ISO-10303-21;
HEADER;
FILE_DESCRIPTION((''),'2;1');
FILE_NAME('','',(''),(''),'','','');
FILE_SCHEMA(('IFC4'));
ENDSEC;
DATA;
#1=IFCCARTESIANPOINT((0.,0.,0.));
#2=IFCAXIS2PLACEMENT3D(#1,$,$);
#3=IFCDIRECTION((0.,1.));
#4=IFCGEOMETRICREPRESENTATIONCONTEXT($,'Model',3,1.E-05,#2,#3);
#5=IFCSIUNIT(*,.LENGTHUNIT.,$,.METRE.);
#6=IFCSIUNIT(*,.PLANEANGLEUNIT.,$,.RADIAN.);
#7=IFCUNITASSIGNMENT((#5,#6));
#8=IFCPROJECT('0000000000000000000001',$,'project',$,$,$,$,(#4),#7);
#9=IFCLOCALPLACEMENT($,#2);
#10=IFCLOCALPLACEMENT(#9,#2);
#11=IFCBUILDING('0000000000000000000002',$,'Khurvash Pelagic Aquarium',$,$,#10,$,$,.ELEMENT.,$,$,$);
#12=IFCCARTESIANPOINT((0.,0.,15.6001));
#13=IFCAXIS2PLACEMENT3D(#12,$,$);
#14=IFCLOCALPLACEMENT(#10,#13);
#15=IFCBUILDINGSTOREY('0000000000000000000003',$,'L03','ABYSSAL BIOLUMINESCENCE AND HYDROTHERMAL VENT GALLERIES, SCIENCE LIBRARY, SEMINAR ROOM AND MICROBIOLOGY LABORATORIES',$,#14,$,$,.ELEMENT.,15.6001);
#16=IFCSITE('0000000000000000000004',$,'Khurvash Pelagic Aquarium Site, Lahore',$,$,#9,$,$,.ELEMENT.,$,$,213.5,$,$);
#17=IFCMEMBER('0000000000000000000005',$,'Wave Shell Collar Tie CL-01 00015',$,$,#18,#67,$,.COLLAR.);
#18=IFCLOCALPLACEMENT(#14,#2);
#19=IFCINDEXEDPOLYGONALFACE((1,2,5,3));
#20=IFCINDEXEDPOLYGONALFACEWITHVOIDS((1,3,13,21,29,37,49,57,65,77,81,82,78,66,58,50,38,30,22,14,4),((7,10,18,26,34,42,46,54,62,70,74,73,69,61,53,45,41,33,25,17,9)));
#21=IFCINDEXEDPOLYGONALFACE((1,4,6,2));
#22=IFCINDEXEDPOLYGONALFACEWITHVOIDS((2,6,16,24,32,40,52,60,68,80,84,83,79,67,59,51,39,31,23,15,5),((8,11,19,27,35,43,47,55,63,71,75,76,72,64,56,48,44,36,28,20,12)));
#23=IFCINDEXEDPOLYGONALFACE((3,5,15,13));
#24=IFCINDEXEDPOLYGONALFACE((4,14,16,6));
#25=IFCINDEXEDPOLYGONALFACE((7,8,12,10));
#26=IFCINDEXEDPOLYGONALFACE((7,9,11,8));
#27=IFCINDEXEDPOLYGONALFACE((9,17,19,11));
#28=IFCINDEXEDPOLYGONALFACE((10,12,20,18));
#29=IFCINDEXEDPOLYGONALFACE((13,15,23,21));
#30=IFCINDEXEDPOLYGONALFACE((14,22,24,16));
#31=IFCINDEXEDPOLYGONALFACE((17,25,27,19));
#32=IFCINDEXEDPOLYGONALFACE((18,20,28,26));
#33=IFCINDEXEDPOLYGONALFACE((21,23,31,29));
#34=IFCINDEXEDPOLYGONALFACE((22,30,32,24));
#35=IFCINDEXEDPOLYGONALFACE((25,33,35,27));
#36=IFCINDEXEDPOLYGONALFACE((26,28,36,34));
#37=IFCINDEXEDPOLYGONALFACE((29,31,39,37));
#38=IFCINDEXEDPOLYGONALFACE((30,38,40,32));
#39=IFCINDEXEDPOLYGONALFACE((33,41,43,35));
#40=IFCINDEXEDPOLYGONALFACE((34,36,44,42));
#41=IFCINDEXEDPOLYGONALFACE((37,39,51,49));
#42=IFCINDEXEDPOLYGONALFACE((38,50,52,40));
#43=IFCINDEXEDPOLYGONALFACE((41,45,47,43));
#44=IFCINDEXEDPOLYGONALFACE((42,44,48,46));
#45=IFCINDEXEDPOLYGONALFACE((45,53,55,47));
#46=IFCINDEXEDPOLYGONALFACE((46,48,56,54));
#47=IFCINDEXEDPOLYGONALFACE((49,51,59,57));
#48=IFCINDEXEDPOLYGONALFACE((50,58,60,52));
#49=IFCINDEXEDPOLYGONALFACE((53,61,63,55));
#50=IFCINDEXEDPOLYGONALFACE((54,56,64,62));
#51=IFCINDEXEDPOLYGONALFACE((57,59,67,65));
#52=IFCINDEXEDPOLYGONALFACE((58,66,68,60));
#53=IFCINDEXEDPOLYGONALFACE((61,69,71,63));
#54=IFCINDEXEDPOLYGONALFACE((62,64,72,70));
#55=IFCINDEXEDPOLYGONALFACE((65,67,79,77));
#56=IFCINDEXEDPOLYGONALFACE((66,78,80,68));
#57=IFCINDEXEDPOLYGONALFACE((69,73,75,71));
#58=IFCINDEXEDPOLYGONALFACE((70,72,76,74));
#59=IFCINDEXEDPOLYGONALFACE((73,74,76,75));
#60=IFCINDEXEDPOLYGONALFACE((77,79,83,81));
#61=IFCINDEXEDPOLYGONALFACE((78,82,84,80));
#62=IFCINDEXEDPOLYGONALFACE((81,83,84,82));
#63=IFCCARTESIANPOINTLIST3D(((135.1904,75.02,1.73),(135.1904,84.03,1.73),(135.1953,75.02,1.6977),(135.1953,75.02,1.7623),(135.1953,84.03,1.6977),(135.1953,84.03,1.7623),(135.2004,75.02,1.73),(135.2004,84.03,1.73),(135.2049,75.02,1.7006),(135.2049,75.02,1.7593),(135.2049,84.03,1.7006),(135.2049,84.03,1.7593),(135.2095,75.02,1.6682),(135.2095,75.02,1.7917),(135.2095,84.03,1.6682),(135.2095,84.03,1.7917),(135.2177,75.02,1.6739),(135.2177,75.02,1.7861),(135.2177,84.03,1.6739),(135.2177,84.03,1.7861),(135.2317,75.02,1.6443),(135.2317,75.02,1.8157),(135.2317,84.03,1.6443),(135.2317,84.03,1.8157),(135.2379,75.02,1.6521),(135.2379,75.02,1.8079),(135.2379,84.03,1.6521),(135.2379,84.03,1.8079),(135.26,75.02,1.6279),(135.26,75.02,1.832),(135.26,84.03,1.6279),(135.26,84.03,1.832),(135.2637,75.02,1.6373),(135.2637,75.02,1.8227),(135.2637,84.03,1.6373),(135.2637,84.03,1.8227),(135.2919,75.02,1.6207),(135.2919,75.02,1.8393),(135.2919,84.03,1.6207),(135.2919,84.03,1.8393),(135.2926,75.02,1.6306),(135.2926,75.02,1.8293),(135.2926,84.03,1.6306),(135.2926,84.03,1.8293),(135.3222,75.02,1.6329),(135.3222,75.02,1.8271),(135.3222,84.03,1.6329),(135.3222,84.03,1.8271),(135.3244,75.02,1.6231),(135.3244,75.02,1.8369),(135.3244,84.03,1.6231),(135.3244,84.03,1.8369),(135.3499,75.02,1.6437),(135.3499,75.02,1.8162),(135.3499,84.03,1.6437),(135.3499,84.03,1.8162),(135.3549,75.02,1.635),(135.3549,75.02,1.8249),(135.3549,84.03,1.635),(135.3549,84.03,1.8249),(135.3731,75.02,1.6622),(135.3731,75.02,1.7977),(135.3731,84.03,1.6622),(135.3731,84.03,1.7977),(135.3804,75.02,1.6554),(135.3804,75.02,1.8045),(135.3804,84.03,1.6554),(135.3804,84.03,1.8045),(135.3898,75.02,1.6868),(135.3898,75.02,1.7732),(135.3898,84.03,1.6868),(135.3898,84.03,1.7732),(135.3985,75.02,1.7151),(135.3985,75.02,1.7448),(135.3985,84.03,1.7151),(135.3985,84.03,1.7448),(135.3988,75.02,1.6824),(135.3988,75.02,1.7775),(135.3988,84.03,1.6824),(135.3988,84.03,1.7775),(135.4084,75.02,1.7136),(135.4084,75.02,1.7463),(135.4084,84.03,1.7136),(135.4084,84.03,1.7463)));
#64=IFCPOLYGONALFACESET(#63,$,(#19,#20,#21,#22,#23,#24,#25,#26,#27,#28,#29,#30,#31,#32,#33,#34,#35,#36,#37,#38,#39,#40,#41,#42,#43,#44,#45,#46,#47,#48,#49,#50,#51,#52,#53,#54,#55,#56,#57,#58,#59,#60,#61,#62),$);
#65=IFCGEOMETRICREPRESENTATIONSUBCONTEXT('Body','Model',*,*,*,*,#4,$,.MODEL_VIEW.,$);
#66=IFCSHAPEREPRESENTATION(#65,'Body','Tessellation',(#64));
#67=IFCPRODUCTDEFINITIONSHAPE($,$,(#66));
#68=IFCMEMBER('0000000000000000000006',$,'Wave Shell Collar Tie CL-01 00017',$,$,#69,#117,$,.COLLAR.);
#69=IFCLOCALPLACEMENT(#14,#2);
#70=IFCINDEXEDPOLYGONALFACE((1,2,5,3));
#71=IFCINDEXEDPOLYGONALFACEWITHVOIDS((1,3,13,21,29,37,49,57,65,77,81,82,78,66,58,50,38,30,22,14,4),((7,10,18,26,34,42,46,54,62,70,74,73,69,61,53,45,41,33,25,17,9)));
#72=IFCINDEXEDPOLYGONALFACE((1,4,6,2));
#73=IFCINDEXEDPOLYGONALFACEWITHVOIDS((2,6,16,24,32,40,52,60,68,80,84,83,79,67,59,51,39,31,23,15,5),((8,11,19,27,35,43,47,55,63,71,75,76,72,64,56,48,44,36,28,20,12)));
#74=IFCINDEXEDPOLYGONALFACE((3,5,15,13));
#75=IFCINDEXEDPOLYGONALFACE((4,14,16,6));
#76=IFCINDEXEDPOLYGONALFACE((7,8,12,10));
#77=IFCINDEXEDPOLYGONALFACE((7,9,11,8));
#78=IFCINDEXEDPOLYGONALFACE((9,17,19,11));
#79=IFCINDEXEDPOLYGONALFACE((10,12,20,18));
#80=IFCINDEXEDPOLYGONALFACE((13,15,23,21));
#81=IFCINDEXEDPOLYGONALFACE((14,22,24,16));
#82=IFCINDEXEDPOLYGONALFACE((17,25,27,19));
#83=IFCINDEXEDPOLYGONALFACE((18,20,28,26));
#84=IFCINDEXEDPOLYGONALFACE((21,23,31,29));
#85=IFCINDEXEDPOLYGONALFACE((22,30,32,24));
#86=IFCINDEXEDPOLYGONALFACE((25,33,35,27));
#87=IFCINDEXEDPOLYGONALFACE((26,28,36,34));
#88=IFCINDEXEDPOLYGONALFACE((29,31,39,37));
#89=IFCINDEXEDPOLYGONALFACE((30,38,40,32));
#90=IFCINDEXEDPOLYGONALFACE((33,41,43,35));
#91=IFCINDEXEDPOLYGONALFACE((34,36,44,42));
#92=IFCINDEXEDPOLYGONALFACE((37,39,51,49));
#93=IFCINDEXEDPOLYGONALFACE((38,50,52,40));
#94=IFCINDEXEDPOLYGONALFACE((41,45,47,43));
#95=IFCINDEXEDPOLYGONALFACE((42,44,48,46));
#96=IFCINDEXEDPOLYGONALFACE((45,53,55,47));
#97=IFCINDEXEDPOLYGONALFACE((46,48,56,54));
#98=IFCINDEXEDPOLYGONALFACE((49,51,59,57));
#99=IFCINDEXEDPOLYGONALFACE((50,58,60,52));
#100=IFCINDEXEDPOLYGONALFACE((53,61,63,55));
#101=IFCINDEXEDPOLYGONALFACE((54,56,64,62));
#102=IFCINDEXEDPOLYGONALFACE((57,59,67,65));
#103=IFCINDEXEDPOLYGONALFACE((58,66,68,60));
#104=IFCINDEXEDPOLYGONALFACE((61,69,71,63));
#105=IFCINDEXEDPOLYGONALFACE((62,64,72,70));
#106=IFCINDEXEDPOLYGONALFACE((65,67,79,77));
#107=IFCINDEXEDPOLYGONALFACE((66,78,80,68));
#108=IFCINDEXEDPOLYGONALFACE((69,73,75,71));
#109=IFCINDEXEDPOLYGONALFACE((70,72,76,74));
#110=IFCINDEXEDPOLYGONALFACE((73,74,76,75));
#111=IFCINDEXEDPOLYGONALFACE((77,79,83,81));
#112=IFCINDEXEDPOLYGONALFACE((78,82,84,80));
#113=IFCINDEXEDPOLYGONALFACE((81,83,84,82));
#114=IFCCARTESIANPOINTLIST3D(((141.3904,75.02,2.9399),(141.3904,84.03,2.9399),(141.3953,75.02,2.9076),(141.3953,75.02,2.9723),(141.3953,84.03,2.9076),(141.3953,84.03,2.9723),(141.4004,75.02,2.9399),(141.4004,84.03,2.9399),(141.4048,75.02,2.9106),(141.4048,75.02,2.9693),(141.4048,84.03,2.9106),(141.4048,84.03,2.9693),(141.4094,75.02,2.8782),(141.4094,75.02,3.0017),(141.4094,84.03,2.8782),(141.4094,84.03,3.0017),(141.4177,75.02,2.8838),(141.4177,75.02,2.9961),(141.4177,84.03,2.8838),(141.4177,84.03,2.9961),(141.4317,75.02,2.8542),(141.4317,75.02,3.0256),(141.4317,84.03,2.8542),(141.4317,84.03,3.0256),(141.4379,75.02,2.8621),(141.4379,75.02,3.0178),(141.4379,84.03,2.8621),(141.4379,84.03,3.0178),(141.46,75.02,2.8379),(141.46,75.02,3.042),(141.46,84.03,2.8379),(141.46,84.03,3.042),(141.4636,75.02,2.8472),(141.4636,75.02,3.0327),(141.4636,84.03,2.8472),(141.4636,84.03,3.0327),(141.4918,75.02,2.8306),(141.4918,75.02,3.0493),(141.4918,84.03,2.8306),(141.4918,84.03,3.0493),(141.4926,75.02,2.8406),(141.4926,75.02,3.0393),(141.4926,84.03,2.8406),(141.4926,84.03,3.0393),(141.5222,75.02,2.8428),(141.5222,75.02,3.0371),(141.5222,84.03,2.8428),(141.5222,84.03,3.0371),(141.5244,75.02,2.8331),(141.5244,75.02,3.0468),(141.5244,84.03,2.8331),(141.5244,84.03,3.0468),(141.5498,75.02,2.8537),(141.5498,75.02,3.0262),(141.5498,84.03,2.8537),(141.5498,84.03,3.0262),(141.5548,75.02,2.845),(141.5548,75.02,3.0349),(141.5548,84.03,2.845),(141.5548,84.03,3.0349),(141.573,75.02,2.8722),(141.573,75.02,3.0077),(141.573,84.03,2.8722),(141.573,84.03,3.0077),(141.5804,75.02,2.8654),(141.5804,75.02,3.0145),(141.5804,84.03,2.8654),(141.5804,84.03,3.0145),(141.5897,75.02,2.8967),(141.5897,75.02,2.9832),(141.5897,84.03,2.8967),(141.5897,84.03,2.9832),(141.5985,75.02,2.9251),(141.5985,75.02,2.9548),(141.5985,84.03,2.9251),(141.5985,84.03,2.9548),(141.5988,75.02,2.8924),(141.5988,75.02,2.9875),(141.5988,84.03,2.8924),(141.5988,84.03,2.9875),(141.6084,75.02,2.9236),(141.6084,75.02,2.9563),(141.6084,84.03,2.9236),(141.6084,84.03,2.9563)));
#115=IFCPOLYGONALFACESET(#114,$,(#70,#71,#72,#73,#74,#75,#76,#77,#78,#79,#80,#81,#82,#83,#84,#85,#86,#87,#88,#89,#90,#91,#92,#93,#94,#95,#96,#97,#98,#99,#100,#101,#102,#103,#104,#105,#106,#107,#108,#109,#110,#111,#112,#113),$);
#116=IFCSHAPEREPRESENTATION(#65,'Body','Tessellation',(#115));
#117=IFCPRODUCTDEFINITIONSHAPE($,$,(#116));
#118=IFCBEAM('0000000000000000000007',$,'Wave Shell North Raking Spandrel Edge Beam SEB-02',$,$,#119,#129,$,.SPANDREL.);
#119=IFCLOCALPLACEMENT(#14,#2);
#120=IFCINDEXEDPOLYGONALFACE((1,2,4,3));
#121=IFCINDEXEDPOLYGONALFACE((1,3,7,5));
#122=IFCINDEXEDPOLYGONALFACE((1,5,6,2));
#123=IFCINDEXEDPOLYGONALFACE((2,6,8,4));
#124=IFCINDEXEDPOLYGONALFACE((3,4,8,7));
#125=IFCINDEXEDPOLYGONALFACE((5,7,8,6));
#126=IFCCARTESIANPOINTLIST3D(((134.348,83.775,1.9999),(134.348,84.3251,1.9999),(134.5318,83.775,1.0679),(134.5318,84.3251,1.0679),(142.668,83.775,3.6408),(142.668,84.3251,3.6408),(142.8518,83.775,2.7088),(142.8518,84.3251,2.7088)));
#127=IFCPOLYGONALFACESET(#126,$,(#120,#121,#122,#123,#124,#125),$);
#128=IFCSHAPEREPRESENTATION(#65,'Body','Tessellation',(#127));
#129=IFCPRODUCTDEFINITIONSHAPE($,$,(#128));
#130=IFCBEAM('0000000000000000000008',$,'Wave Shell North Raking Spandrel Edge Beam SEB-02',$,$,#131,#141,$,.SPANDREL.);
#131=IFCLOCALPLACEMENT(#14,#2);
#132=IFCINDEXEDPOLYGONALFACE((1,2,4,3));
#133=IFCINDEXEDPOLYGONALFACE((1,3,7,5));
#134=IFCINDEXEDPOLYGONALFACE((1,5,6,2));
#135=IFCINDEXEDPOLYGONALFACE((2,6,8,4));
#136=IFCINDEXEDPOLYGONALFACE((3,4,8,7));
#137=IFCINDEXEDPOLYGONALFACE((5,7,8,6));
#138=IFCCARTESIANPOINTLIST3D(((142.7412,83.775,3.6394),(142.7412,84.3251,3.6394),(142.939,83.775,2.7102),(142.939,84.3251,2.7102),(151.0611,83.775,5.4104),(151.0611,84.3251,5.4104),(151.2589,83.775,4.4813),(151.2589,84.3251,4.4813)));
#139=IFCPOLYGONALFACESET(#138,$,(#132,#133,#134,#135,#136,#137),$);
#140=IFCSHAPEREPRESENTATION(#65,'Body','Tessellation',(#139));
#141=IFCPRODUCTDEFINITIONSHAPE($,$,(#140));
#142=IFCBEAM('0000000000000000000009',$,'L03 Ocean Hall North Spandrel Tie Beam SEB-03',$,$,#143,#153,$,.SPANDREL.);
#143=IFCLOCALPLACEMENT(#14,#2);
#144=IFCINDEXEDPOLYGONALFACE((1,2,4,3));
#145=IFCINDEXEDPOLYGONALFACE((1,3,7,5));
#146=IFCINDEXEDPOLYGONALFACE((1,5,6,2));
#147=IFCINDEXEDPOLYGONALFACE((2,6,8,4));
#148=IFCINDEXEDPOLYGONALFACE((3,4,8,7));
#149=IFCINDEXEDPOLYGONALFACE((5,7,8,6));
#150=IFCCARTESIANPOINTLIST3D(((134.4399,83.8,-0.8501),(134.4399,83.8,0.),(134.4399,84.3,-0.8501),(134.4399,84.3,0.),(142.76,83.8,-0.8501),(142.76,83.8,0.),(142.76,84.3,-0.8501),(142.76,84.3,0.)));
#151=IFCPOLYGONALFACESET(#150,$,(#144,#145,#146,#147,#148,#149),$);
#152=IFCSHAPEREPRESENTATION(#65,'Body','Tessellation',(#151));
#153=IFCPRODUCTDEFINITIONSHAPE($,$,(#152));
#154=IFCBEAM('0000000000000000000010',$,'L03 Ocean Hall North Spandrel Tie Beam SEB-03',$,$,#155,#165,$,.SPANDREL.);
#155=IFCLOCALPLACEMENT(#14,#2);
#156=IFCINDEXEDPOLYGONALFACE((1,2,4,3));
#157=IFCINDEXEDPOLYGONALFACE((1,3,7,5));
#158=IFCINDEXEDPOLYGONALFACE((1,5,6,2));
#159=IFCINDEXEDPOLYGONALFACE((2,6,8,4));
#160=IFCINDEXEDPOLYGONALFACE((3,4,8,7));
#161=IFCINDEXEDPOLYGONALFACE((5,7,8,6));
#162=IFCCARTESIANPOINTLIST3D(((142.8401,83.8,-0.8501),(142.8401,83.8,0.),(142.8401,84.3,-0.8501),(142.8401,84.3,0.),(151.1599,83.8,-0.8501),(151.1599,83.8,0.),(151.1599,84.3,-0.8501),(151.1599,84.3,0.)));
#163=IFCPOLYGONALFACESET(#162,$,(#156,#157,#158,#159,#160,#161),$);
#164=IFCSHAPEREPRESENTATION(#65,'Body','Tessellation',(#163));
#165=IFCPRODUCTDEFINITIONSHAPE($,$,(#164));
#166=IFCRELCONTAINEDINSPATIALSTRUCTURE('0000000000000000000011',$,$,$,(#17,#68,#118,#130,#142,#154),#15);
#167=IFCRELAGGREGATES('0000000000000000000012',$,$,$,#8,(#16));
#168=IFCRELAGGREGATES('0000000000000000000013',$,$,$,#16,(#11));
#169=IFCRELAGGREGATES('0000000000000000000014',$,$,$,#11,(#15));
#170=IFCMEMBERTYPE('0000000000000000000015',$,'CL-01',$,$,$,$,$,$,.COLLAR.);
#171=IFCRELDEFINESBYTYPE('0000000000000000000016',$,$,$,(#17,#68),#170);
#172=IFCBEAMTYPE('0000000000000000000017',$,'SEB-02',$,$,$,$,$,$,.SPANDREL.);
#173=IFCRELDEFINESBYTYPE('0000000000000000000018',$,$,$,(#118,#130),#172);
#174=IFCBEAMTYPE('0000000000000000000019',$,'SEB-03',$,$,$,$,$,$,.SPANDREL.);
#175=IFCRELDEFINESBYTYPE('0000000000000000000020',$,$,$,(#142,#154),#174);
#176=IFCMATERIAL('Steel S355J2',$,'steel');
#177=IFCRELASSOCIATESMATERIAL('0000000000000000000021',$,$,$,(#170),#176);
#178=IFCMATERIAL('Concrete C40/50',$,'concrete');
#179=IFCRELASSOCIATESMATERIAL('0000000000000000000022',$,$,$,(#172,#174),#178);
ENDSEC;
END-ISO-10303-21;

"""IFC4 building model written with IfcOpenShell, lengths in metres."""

from ifc_helpers import new_model, si_unit, direction, frame, origin, origin_2d, place, context, subcontext, project, spatial, rectangle, hollow_circle, extrude, material, material_profile, profile_set, type_object, element, save


model = new_model("IFC4")

# Units and contexts
model_context = context("Model", 3, precision=1e-05, world=origin(), true_north=direction((0.0, 1.0)))
body_context = subcontext(model_context, "Body", "Model", "MODEL_VIEW")
ifc_project = project(units=[si_unit("LENGTHUNIT", "METRE"), si_unit("PLANEANGLEUNIT", "RADIAN")], contexts=[model_context])

# Site, building, storey
site_placement = place(None, origin())
site = spatial("IfcSite", under=ifc_project, at=site_placement, Name="Khurvash Pelagic Aquarium Site, Lahore", CompositionType="ELEMENT", RefElevation=213.5)
building_placement = place(site_placement, origin())
building = spatial("IfcBuilding", under=site, at=building_placement, Name="Khurvash Pelagic Aquarium", CompositionType="ELEMENT")
storey_placement = place(building_placement, frame((0.0, 0.0, 15.6001)))
storey = spatial("IfcBuildingStorey", under=building, at=storey_placement, Name="L03", Description="ABYSSAL BIOLUMINESCENCE AND HYDROTHERMAL VENT GALLERIES, SCIENCE LIBRARY, SEMINAR ROOM AND MICROBIOLOGY LABORATORIES", CompositionType="ELEMENT", Elevation=15.6001)

# Shared definitions
ifc_material_1 = material(Name="Concrete C40/50", Category="concrete")

# Members
ifc_material_2 = material(Name="Steel S355J2", Category="steel")
ifc_material_profile_1 = material_profile(ifc_material_2, hollow_circle(Radius=0.1096, WallThickness=0.01, at=origin_2d()), Name="CHS219X10")
ifc_profile_set_1 = profile_set([ifc_material_profile_1], Name="Steel S355J2")
member_type_1 = type_object("IfcMemberType", Name="CL-01", PredefinedType="COLLAR", material=ifc_profile_set_1)
for number, where, z_axis, x_axis, name in (
    (1, (135.3, 75.02, 1.73), (0.0, 1.0, 0.0), (-1.0, 0.0, 0.0), "Wave Shell Collar Tie CL-01 00015"),
    (2, (141.5, 75.02, 2.9399), (0.0, 1.0, 0.0), (-1.0, 0.0, 0.0), "Wave Shell Collar Tie CL-01 00017"),
):
    element("IfcMember", number, at=place(storey_placement, frame(where, z_axis=z_axis, x_axis=x_axis)), inside=storey, type_object=member_type_1, Name=name, PredefinedType="COLLAR", context=body_context, shape_type="SweptSolid", body=[
        extrude(hollow_circle(Radius=0.1096, WallThickness=0.01, at=origin_2d()), origin(), (0.0, 0.0, 1.0), 9.01),
    ])

# Beams
ifc_material_profile_2 = material_profile(ifc_material_1, rectangle(XDim=0.55, YDim=0.95, at=origin_2d()), Name="RC550X950")
ifc_profile_set_2 = profile_set([ifc_material_profile_2], Name="Concrete C40/50")
beam_type_1 = type_object("IfcBeamType", Name="SEB-02", PredefinedType="SPANDREL", material=ifc_profile_set_2)
beam_1_placement = place(storey_placement, frame((134.4399, 84.05, 1.5339), z_axis=(0.981102, 0.0, 0.193491), x_axis=(0.0, 1.0, 0.0)))
element("IfcBeam", 3, at=beam_1_placement, inside=storey, type_object=beam_type_1, Name="Wave Shell North Raking Spandrel Edge Beam SEB-02", PredefinedType="SPANDREL", context=body_context, shape_type="SweptSolid", body=[
    extrude(rectangle(XDim=0.55, YDim=0.95, at=origin_2d()), origin(), (0.0, 0.0, 1.0), 8.4802),
])
beam_2_placement = place(storey_placement, frame((142.8401, 84.05, 3.1748), z_axis=(0.978086, 0.0, 0.2082), x_axis=(0.0, 1.0, 0.0)))
element("IfcBeam", 4, at=beam_2_placement, inside=storey, type_object=beam_type_1, Name="Wave Shell North Raking Spandrel Edge Beam SEB-02", PredefinedType="SPANDREL", context=body_context, shape_type="SweptSolid", body=[
    extrude(rectangle(XDim=0.55, YDim=0.95, at=origin_2d()), origin(), (0.0, 0.0, 1.0), 8.5063),
])
ifc_material_profile_3 = material_profile(ifc_material_1, rectangle(XDim=0.5, YDim=0.8501, at=origin_2d()), Name="RC500X850")
ifc_profile_set_3 = profile_set([ifc_material_profile_3], Name="Concrete C40/50")
beam_type_2 = type_object("IfcBeamType", Name="SEB-03", PredefinedType="SPANDREL", material=ifc_profile_set_3)
beam_3_placement = place(storey_placement, frame((134.4399, 84.05, -0.425), z_axis=(1.0, 0.0, 0.0), x_axis=(0.0, 1.0, 0.0)))
element("IfcBeam", 5, at=beam_3_placement, inside=storey, type_object=beam_type_2, Name="L03 Ocean Hall North Spandrel Tie Beam SEB-03", PredefinedType="SPANDREL", context=body_context, shape_type="SweptSolid", body=[
    extrude(rectangle(XDim=0.5, YDim=0.8501, at=origin_2d()), origin(), (0.0, 0.0, 1.0), 8.3201),
])
beam_4_placement = place(storey_placement, frame((142.8401, 84.05, -0.425), z_axis=(1.0, 0.0, 0.0), x_axis=(0.0, 1.0, 0.0)))
element("IfcBeam", 6, at=beam_4_placement, inside=storey, type_object=beam_type_2, Name="L03 Ocean Hall North Spandrel Tie Beam SEB-03", PredefinedType="SPANDREL", context=body_context, shape_type="SweptSolid", body=[
    extrude(rectangle(XDim=0.5, YDim=0.8501, at=origin_2d()), origin(), (0.0, 0.0, 1.0), 8.3198),
])

save(model, "model.ifc")
